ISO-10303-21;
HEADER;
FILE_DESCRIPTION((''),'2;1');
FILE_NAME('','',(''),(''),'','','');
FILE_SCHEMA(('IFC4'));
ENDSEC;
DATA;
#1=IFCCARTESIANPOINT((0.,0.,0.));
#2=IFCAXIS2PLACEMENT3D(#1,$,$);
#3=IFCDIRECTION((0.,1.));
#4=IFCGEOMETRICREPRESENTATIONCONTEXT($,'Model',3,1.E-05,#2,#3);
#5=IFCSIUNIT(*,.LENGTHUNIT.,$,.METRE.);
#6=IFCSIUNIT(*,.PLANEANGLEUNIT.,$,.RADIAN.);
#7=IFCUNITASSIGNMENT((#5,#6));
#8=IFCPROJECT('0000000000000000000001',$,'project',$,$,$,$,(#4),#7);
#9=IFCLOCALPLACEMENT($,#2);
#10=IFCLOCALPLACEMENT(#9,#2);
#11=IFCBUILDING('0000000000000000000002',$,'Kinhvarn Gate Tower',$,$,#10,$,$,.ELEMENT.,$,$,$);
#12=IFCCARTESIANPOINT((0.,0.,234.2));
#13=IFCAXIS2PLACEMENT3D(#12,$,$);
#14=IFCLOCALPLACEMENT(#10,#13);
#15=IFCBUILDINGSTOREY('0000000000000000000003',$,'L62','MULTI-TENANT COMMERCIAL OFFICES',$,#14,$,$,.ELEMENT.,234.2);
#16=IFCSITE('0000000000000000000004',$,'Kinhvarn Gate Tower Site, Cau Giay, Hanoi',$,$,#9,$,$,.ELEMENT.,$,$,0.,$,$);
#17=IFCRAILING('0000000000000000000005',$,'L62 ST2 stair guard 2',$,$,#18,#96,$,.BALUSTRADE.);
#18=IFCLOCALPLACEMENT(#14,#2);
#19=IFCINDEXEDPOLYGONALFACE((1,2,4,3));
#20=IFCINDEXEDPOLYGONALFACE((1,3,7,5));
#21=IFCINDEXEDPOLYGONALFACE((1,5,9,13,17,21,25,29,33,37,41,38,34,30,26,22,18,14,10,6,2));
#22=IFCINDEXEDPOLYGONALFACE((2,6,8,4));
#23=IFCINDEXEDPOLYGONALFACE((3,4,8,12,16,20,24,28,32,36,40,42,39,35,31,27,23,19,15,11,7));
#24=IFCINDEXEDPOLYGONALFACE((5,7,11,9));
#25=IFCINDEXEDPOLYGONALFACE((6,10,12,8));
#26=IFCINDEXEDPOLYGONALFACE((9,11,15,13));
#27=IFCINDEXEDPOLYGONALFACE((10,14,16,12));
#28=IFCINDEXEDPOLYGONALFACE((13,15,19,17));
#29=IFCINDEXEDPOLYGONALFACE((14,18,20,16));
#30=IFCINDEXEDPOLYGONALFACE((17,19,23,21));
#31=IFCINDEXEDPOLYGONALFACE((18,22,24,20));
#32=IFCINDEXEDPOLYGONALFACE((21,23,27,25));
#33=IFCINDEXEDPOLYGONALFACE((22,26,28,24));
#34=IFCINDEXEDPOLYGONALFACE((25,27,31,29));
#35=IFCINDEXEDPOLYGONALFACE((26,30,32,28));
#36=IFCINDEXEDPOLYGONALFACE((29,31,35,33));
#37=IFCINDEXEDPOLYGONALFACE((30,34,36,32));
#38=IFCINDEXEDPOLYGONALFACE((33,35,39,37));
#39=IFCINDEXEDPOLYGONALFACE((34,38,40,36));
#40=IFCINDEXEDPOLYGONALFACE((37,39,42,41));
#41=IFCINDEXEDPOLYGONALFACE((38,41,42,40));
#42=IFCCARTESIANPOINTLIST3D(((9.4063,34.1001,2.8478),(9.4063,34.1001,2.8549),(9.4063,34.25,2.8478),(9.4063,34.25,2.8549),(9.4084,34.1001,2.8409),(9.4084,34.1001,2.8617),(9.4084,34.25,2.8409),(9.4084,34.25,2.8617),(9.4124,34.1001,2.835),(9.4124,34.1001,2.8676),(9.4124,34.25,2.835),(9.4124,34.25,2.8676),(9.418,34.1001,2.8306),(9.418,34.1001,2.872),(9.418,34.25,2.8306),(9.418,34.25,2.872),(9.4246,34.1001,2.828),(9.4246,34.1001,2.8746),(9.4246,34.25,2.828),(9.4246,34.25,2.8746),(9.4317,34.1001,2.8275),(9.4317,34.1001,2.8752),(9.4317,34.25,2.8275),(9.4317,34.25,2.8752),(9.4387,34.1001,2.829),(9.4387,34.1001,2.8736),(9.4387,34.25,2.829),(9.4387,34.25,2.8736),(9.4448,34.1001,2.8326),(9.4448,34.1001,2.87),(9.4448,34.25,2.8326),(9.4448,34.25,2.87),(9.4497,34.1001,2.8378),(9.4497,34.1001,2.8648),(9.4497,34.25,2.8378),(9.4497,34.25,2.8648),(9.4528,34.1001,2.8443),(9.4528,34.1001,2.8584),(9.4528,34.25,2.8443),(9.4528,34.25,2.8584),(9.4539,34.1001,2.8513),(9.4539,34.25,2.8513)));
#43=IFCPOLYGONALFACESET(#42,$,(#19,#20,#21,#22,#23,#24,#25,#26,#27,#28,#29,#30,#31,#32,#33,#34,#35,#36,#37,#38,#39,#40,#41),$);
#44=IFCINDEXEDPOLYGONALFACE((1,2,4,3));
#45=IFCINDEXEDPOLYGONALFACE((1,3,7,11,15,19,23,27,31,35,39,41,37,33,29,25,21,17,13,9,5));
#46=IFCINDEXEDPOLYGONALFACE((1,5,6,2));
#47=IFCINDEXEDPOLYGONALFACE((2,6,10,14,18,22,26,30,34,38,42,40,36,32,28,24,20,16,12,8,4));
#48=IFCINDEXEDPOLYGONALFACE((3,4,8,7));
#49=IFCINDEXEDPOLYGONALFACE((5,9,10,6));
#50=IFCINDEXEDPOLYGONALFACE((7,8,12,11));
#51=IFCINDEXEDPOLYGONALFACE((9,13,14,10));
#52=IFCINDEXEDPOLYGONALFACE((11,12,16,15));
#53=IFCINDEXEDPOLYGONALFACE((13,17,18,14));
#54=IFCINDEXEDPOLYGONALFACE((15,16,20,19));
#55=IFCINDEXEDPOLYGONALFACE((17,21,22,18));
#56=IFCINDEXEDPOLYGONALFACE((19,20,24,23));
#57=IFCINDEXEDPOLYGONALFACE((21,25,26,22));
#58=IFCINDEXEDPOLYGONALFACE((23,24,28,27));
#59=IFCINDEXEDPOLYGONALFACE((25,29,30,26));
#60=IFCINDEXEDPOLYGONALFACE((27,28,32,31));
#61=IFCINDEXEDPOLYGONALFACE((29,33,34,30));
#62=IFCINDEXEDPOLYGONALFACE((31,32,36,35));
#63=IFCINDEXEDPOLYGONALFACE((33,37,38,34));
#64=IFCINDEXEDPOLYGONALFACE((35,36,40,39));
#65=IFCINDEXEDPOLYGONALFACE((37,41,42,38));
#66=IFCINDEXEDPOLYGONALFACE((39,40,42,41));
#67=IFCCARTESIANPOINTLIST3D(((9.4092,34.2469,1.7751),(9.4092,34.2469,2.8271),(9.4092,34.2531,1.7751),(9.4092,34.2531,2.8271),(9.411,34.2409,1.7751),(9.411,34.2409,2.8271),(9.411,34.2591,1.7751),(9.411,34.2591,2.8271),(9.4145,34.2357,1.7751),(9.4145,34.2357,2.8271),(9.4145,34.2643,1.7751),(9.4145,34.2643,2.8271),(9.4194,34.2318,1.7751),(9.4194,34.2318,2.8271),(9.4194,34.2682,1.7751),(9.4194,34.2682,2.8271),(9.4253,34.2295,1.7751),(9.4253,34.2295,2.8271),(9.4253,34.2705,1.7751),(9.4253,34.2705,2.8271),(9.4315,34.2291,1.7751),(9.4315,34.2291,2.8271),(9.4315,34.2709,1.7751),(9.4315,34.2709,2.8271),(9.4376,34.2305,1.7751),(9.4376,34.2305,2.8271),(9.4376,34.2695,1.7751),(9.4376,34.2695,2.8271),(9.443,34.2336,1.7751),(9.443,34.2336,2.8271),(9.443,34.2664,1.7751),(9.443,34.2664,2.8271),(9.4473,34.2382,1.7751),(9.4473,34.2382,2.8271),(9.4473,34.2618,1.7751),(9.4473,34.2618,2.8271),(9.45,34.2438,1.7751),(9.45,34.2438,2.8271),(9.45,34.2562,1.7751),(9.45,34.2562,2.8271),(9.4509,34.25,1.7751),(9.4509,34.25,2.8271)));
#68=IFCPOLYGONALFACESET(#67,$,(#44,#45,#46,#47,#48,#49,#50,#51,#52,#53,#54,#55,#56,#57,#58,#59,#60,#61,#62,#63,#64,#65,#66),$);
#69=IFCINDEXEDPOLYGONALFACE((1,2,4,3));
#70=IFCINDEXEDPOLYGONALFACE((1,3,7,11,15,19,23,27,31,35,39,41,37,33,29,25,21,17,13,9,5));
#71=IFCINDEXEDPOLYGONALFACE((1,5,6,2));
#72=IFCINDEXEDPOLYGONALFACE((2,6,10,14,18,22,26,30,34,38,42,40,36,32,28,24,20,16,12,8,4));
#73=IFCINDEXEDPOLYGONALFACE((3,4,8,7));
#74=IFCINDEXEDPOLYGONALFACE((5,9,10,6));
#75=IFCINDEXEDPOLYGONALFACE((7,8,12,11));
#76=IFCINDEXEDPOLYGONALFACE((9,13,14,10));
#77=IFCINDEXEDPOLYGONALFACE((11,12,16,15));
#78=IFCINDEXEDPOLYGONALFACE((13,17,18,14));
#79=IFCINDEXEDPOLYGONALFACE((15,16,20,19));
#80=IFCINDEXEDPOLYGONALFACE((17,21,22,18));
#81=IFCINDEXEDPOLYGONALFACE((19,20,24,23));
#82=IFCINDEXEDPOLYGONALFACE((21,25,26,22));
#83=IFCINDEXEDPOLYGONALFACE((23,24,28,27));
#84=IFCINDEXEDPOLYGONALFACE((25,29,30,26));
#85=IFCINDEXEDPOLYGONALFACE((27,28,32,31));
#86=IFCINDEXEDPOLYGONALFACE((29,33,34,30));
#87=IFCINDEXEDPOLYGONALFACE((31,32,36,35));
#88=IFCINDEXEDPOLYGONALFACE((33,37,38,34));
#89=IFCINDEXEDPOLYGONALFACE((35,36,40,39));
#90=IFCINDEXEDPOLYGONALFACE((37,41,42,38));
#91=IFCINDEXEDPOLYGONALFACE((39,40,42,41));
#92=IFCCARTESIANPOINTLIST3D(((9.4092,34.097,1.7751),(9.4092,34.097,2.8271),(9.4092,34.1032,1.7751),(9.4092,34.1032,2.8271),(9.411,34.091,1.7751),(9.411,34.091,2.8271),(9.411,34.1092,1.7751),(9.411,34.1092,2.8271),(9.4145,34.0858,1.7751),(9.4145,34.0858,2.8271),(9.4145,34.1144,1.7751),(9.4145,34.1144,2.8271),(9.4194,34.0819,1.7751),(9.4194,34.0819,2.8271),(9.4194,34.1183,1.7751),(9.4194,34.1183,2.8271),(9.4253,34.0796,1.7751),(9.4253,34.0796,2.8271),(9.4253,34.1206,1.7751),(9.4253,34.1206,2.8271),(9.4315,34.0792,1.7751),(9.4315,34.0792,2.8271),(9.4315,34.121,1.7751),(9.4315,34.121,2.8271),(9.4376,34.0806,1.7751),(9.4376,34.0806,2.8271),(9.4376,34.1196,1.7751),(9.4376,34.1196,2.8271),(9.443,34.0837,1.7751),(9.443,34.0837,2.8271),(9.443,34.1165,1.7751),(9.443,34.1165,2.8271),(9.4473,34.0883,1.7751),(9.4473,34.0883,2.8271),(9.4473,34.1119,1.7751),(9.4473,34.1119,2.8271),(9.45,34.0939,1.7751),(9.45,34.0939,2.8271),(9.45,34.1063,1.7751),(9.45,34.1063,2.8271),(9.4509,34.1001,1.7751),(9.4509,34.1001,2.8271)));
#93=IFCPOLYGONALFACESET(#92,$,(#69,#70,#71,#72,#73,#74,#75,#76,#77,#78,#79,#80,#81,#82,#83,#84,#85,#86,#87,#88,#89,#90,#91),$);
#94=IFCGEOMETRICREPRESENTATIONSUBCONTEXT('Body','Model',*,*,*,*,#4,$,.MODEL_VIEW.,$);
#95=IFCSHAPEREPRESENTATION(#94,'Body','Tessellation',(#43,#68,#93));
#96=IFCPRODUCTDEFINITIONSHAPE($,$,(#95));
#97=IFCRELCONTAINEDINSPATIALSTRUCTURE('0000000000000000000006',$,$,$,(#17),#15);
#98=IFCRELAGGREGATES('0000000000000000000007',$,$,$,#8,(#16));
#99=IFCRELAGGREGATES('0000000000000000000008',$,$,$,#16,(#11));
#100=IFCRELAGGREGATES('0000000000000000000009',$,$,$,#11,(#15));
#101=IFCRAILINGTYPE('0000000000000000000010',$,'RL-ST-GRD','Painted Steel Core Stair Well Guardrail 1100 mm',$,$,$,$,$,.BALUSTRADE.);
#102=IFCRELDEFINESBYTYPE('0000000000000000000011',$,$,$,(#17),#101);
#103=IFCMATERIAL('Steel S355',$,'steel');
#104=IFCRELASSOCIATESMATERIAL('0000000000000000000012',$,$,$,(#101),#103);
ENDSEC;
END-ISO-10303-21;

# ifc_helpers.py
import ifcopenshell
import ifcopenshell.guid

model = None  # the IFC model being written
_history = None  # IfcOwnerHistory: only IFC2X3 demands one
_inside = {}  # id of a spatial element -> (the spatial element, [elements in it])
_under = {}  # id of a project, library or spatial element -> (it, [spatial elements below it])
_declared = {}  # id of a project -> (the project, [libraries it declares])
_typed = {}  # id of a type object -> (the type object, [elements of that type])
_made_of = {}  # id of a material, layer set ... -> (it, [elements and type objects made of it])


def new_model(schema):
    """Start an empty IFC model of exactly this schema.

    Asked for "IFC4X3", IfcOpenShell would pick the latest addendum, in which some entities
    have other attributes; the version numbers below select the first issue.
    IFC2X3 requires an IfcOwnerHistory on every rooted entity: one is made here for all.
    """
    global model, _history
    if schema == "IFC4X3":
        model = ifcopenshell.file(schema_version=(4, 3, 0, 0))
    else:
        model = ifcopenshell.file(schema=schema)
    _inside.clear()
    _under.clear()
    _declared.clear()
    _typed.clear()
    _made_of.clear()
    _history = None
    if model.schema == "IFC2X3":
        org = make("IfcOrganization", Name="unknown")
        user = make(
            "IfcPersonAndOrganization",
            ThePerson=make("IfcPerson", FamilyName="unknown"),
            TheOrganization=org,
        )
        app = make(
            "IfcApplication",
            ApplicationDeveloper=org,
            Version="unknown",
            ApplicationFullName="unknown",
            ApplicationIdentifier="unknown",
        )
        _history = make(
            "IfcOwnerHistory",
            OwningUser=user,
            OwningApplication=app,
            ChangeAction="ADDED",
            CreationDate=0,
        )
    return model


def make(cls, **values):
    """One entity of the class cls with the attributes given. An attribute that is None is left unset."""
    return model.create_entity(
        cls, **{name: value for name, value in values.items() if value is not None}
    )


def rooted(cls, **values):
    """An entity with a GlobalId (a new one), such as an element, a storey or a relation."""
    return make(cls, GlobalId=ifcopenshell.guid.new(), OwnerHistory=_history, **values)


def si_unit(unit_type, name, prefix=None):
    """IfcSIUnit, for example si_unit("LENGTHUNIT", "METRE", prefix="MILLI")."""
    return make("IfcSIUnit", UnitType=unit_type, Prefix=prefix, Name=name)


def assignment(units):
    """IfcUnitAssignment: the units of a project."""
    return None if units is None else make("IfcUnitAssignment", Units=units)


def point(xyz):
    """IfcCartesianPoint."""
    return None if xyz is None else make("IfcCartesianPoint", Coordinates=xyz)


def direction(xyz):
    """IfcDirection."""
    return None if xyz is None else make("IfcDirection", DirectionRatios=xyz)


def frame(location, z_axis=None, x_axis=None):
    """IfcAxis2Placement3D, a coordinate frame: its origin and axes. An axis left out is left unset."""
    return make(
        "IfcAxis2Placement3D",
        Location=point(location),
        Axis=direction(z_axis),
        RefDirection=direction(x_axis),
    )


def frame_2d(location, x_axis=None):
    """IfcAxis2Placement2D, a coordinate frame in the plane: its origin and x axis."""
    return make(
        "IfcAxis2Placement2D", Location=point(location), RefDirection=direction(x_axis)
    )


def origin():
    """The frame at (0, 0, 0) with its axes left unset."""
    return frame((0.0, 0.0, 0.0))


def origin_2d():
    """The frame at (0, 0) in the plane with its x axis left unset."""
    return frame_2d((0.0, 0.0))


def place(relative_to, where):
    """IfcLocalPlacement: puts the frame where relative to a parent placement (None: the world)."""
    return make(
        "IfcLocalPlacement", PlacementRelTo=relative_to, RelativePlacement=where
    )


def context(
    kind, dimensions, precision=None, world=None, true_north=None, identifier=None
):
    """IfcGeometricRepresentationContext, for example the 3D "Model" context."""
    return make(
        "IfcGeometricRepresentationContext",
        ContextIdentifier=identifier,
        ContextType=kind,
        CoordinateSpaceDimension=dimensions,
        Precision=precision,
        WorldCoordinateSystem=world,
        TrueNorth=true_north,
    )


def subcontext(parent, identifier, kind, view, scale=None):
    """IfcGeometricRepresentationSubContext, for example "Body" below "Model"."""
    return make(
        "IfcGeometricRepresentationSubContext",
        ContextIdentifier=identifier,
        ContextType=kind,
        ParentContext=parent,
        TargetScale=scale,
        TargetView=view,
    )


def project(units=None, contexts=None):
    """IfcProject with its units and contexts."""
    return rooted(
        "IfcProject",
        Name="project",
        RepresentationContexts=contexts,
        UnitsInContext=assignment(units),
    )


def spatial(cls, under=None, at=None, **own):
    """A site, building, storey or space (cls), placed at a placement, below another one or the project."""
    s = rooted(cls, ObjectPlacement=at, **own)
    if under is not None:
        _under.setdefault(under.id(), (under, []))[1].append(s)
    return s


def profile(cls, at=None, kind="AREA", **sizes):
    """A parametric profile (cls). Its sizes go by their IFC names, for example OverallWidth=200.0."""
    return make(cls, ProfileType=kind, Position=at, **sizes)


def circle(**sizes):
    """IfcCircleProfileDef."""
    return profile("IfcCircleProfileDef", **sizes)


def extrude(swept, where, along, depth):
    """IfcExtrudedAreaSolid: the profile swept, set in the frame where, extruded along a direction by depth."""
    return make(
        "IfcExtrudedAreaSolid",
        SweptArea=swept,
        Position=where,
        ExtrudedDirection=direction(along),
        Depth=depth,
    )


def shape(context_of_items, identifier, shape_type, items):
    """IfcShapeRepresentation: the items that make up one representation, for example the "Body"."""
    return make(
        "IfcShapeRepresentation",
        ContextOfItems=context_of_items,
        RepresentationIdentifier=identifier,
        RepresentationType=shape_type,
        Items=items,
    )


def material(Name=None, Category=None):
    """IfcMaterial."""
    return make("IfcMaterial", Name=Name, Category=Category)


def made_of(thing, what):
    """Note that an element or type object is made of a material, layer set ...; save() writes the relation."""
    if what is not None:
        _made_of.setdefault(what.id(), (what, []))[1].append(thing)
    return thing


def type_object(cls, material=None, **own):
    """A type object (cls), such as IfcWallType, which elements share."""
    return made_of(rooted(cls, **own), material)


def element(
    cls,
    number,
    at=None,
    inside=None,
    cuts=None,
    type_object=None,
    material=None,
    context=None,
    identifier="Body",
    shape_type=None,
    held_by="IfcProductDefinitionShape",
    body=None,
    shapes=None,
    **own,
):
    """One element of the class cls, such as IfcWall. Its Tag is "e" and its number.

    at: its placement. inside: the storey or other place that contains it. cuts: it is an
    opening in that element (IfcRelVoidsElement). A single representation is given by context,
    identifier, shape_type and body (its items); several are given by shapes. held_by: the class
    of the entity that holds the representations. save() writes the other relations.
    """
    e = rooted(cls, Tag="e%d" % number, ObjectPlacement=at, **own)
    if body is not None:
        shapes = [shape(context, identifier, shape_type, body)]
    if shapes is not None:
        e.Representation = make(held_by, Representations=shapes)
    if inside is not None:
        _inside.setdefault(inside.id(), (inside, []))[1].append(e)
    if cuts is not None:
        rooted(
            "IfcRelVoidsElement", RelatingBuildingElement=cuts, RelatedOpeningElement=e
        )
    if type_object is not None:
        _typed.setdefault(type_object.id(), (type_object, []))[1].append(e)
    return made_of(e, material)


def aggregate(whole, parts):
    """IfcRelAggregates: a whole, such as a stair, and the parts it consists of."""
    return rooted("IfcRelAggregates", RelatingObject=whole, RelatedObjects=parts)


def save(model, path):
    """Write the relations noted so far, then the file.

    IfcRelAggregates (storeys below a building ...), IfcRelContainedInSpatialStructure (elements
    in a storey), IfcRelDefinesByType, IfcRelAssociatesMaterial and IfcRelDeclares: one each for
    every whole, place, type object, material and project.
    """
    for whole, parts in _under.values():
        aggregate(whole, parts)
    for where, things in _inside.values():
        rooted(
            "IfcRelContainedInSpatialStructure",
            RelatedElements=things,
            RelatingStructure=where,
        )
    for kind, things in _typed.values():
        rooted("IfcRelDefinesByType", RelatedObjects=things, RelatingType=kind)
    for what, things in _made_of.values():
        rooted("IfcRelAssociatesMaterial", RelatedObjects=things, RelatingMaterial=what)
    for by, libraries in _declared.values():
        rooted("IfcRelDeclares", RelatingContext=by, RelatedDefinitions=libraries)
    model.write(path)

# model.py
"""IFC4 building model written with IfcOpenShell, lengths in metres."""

from ifc_helpers import new_model, si_unit, direction, frame, origin, origin_2d, place, context, subcontext, project, spatial, circle, extrude, material, type_object, element, save


model = new_model("IFC4")

# Units and contexts
model_context = context("Model", 3, precision=1e-05, world=origin(), true_north=direction((0.0, 1.0)))
body_context = subcontext(model_context, "Body", "Model", "MODEL_VIEW")
ifc_project = project(units=[si_unit("LENGTHUNIT", "METRE"), si_unit("PLANEANGLEUNIT", "RADIAN")], contexts=[model_context])

# Site, building, storey
site_placement = place(None, origin())
site = spatial("IfcSite", under=ifc_project, at=site_placement, Name="Kinhvarn Gate Tower Site, Cau Giay, Hanoi", CompositionType="ELEMENT", RefElevation=0.0)
building_placement = place(site_placement, origin())
building = spatial("IfcBuilding", under=site, at=building_placement, Name="Kinhvarn Gate Tower", CompositionType="ELEMENT")
storey_placement = place(building_placement, frame((0.0, 0.0, 234.2)))
storey = spatial("IfcBuildingStorey", under=building, at=storey_placement, Name="L62", Description="MULTI-TENANT COMMERCIAL OFFICES", CompositionType="ELEMENT", Elevation=234.2)

# Railing
ifc_material_1 = material(Name="Steel S355", Category="steel")
railing_type_1 = type_object("IfcRailingType", Name="RL-ST-GRD", Description="Painted Steel Core Stair Well Guardrail 1100 mm", PredefinedType="BALUSTRADE", material=ifc_material_1)
railing_1_placement = place(storey_placement, frame((9.4299, 34.25, 1.7751)))
element("IfcRailing", 1, at=railing_1_placement, inside=storey, type_object=railing_type_1, Name="L62 ST2 stair guard 2", PredefinedType="BALUSTRADE", context=body_context, shape_type="SweptSolid", body=[
    extrude(circle(Radius=0.0239, at=origin_2d()), frame((0.0, 0.0, 1.0762), z_axis=(0.0, -1.0, 0.0), x_axis=(1.0, 0.0, 0.0)), (0.0, 0.0, 1.0), 0.1499),
    extrude(circle(Radius=0.021, at=origin_2d()), origin(), (0.0, 0.0, 1.0), 1.052),
    extrude(circle(Radius=0.021, at=origin_2d()), frame((0.0, -0.1499, 0.0)), (0.0, 0.0, 1.0), 1.052),
])

save(model, "model.ifc")
